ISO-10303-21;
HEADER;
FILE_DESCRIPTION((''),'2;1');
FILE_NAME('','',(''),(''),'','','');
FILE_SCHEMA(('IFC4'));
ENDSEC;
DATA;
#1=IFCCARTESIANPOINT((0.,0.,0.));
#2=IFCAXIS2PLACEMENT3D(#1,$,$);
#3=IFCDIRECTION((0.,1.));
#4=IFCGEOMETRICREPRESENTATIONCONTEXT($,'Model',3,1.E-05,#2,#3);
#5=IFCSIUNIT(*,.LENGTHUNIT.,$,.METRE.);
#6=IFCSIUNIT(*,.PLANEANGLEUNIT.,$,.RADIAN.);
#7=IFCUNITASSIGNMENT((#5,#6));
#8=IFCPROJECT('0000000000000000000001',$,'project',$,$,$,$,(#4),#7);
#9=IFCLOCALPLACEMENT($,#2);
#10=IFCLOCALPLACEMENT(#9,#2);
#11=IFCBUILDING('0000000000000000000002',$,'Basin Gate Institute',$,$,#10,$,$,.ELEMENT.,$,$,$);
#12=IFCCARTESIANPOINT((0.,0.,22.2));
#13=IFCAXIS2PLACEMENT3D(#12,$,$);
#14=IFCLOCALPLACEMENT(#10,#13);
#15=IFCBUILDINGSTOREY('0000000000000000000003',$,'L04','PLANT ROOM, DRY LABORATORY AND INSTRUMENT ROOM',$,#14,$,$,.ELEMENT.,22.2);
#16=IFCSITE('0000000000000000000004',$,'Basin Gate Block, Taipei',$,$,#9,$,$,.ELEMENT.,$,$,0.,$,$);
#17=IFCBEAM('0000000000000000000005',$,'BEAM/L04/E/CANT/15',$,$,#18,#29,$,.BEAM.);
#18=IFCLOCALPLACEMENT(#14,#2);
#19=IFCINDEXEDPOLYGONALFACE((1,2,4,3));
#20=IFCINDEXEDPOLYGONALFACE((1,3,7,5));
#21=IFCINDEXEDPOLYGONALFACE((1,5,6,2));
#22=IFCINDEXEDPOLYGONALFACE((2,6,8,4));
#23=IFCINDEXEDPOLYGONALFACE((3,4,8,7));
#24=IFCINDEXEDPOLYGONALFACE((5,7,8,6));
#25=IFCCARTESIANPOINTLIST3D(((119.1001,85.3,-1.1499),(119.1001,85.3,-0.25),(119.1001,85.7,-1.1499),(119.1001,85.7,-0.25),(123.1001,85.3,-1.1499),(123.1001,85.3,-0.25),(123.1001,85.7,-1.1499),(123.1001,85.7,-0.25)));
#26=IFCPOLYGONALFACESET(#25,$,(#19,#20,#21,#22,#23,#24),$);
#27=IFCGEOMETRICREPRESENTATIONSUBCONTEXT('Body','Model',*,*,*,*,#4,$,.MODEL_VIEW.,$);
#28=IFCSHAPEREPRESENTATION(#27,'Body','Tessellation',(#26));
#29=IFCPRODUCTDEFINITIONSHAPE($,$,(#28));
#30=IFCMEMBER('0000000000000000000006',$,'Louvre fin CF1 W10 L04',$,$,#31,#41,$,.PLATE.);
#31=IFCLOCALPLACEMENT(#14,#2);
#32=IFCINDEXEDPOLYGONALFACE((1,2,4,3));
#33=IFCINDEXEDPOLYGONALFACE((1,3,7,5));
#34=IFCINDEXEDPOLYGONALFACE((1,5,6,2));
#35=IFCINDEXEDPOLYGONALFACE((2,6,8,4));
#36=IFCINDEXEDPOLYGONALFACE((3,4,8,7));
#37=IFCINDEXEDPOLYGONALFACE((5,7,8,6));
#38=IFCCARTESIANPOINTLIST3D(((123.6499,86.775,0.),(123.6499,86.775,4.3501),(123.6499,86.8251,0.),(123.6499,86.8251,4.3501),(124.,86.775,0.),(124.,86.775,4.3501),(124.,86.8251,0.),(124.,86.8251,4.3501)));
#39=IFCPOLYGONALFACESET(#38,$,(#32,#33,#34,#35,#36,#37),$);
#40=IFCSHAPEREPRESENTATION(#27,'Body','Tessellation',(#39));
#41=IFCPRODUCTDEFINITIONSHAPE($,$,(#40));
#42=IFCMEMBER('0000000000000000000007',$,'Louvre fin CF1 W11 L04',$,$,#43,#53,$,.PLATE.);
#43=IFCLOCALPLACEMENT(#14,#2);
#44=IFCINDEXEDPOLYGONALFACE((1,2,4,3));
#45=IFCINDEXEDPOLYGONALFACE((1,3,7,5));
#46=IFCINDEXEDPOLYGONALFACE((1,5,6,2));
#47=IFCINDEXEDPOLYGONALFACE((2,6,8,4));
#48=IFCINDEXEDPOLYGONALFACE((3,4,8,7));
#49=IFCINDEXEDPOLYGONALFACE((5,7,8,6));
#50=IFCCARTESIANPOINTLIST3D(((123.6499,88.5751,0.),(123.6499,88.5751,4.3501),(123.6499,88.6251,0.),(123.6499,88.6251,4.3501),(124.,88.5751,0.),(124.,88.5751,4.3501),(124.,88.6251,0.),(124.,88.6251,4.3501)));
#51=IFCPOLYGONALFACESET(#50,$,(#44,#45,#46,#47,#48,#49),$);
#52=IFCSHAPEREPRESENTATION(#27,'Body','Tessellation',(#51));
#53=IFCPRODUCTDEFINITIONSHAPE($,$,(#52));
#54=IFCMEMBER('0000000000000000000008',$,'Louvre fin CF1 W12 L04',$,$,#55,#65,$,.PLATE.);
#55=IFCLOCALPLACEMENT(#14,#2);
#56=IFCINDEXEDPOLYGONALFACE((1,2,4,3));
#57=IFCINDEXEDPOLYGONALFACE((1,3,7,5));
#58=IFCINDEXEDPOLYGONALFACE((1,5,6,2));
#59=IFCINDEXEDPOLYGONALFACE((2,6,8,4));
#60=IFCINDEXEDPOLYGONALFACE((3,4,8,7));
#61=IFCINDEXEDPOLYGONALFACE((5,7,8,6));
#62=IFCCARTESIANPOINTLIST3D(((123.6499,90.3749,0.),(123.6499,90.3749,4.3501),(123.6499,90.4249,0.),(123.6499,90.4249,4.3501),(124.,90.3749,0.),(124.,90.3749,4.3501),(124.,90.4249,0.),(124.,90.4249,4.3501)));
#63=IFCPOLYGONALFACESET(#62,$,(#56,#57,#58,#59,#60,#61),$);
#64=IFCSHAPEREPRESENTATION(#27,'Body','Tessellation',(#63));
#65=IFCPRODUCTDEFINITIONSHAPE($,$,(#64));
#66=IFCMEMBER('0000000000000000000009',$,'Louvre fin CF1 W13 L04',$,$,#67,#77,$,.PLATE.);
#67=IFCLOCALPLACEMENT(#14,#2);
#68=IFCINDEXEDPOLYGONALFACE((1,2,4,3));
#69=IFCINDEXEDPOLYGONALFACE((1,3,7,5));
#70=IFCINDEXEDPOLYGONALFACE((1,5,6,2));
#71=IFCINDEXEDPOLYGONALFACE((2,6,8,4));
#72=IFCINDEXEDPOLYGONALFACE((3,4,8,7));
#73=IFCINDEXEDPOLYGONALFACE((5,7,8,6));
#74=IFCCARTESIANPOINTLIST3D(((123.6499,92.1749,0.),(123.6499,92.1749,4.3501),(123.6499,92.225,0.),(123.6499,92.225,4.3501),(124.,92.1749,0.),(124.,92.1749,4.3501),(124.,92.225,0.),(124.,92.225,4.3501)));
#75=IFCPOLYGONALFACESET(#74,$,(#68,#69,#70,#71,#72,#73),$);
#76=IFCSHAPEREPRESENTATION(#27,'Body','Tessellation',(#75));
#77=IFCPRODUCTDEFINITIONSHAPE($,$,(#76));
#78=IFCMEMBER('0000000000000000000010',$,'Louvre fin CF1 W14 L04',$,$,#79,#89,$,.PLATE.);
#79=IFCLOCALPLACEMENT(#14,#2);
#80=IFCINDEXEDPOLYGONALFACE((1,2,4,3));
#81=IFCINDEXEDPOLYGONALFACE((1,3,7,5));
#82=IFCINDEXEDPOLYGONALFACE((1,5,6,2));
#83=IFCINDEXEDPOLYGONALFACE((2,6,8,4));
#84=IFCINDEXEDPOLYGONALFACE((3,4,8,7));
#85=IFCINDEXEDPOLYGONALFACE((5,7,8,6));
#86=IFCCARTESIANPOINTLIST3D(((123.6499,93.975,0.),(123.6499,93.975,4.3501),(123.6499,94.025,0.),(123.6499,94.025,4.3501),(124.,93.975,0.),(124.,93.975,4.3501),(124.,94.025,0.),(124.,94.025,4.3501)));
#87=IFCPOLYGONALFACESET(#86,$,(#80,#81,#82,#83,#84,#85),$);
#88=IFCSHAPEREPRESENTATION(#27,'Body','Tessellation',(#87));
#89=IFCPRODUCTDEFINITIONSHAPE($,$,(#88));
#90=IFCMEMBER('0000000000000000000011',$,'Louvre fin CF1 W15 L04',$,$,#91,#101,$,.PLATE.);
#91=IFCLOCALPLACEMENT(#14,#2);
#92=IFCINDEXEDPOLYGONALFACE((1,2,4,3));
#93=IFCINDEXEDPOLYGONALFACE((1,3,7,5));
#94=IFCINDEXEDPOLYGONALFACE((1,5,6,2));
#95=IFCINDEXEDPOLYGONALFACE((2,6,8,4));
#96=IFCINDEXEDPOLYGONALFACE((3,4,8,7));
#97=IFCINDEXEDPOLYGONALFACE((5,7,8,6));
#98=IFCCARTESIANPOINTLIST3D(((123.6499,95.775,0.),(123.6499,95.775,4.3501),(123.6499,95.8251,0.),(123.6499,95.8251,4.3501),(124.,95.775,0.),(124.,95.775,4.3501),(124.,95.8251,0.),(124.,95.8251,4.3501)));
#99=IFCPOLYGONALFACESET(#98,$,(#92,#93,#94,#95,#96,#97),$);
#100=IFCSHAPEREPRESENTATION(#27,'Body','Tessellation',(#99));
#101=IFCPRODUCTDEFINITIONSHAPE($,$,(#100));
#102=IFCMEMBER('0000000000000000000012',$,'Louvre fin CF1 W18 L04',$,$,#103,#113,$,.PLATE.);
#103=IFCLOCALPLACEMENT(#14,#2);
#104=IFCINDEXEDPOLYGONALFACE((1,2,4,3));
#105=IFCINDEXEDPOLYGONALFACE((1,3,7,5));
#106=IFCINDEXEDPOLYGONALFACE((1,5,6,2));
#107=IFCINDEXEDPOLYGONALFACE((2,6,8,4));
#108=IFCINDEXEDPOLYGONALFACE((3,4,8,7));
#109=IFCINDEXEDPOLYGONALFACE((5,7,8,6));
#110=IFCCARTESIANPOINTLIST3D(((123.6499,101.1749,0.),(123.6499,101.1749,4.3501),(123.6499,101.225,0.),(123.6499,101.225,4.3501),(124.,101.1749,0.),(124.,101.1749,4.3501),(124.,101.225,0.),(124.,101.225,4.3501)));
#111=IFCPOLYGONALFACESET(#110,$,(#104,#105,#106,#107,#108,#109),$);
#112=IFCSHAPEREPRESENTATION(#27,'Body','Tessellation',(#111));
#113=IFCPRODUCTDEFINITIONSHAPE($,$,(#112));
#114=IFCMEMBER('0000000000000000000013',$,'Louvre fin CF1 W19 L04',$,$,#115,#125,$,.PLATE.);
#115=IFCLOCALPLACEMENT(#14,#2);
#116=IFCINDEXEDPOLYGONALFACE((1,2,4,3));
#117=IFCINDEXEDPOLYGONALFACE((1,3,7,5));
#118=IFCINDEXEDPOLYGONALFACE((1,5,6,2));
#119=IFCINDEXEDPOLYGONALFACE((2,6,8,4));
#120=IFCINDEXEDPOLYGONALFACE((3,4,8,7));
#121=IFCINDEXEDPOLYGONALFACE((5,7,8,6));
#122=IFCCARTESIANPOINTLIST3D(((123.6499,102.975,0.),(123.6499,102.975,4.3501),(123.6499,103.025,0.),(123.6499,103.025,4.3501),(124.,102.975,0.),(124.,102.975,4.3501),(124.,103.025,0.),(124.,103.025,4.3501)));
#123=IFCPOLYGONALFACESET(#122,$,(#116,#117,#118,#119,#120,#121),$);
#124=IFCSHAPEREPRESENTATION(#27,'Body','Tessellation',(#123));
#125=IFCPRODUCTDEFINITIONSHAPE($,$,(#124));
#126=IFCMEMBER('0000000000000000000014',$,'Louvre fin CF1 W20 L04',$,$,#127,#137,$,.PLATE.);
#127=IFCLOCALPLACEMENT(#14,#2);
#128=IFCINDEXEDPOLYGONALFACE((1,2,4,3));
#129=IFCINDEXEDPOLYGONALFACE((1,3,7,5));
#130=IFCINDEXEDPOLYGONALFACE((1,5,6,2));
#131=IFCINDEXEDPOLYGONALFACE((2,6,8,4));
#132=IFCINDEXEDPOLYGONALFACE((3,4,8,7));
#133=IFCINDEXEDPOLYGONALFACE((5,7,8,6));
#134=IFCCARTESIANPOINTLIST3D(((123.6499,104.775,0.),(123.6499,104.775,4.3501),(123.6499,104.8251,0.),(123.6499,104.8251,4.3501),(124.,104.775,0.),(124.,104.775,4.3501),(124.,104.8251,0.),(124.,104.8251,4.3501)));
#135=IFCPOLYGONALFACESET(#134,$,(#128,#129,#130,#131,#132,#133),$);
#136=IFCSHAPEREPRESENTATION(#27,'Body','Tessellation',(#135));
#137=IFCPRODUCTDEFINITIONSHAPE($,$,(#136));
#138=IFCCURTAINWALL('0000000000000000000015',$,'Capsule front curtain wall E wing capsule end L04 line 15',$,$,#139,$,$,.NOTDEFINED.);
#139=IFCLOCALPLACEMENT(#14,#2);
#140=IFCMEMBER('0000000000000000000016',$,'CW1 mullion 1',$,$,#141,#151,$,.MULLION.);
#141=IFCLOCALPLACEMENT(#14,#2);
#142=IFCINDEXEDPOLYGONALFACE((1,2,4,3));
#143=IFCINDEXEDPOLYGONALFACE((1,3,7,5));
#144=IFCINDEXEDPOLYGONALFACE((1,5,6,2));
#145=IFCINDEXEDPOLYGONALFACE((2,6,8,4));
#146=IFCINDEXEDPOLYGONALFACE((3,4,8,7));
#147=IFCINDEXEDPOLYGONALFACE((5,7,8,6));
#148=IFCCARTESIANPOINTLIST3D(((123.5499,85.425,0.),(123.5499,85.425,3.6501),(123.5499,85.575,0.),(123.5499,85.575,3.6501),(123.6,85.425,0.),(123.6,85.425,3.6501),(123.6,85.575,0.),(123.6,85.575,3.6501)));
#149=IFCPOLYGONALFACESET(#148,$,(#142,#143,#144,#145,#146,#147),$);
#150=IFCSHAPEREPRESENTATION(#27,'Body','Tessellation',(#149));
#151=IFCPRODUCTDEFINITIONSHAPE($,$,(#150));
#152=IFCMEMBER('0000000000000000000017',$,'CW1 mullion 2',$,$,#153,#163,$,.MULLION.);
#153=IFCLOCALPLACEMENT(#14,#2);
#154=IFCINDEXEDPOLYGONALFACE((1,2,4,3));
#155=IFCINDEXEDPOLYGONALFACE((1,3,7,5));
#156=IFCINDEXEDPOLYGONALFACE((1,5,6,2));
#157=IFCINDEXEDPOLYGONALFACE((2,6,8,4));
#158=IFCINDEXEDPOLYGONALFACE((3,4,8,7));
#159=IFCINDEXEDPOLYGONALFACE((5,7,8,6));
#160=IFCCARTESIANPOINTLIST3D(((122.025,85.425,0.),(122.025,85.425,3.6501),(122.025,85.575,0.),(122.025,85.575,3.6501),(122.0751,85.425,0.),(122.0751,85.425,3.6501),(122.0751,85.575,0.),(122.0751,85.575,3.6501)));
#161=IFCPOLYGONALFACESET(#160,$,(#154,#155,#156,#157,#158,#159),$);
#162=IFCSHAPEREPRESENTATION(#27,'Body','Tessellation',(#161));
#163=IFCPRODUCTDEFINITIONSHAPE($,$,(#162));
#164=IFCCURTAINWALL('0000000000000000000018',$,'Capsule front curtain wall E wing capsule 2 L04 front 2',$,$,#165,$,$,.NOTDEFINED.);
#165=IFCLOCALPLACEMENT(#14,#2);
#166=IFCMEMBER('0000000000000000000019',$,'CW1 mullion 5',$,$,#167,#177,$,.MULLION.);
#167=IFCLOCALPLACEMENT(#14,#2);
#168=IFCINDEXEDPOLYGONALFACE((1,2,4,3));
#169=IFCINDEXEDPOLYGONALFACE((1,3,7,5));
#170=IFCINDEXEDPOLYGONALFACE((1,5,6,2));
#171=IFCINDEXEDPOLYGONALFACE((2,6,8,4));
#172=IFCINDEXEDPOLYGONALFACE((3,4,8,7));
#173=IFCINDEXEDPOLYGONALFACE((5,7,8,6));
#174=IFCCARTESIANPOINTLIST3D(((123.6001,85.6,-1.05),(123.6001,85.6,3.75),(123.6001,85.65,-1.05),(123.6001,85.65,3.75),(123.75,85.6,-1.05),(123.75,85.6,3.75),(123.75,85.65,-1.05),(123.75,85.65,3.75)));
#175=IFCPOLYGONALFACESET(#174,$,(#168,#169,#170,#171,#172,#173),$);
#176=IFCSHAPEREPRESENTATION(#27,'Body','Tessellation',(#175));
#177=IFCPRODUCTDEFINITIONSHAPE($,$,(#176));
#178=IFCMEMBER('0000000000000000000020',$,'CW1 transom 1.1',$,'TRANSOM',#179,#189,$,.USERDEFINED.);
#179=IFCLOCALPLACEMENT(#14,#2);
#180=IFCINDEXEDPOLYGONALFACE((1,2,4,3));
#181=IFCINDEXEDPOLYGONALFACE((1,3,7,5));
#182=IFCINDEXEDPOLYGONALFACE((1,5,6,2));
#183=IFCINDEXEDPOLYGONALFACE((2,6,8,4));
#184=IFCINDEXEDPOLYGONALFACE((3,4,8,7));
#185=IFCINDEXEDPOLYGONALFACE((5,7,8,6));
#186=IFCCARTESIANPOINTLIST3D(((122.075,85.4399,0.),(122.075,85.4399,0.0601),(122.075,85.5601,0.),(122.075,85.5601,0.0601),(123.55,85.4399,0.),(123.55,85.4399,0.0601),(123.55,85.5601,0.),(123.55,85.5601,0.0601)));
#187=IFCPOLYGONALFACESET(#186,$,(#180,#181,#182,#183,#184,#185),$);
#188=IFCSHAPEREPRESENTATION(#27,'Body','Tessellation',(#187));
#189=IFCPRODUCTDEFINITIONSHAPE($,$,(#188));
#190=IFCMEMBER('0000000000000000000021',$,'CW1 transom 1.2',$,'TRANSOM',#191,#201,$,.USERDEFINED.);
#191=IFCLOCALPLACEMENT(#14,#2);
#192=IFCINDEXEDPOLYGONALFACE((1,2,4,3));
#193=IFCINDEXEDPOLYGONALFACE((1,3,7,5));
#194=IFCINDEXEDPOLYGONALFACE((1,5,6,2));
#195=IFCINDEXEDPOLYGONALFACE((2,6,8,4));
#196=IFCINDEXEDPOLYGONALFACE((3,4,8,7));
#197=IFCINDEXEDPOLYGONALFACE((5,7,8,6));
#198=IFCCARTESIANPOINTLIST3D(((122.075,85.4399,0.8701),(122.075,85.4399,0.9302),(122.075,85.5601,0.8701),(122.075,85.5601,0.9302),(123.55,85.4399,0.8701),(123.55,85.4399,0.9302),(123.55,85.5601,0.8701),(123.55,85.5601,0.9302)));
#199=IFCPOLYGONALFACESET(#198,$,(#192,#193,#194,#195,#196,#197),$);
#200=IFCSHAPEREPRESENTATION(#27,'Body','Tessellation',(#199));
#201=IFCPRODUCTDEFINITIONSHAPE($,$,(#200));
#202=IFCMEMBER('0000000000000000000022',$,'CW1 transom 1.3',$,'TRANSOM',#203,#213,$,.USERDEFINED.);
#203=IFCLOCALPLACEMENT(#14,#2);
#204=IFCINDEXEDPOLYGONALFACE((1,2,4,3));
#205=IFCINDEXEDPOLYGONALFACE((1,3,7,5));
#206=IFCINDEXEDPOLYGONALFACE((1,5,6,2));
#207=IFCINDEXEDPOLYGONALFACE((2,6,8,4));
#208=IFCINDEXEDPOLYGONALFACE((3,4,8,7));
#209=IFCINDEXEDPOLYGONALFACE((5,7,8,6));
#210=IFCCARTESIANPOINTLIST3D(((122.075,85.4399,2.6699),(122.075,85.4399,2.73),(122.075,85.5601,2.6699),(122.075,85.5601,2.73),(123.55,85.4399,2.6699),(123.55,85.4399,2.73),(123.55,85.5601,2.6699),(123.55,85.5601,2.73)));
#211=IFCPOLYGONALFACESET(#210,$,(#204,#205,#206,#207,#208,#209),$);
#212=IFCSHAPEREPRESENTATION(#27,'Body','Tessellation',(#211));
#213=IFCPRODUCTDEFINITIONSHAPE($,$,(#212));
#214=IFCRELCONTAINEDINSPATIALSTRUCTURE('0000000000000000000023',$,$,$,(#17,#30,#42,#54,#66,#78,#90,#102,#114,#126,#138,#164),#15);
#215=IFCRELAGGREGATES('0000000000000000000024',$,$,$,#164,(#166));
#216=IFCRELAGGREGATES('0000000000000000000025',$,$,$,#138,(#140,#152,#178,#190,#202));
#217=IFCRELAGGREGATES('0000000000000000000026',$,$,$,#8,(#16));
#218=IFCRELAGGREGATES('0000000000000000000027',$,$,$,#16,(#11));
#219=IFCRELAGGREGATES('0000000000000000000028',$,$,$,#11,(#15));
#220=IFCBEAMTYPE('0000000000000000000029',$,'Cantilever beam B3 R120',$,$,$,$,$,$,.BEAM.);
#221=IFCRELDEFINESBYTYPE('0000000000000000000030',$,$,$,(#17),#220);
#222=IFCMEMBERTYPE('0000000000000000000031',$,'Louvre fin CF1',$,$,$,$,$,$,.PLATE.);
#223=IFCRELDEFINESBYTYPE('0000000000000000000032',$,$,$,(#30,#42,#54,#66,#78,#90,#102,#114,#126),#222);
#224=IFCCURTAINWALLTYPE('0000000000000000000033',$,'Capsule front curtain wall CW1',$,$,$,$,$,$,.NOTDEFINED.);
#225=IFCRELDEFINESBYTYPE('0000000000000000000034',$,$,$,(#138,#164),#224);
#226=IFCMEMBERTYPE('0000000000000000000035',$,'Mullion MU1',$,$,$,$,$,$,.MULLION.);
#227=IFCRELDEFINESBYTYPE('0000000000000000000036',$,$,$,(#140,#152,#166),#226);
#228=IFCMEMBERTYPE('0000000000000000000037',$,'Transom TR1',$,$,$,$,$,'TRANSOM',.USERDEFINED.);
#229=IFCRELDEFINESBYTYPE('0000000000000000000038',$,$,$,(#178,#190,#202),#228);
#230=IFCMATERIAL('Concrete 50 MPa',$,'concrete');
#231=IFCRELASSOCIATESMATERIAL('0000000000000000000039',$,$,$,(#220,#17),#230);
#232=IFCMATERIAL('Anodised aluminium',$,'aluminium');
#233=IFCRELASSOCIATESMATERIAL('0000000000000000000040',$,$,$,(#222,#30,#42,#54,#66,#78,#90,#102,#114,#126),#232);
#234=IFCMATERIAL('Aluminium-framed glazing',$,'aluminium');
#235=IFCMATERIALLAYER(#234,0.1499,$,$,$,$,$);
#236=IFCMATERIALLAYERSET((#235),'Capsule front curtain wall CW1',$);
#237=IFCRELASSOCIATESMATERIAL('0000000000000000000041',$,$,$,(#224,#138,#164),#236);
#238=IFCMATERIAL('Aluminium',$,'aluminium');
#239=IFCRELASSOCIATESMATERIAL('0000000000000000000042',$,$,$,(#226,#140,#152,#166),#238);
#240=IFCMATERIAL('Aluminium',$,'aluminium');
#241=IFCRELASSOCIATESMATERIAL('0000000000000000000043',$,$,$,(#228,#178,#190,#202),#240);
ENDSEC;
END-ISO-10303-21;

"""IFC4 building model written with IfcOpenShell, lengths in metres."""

from ifc_helpers import new_model, si_unit, direction, frame, origin, origin_2d, place, context, subcontext, project, spatial, rectangle, extrude, material, layer, layer_set, material_profile, profile_set, type_object, element, aggregate, save


model = new_model("IFC4")

# Units and contexts
model_context = context("Model", 3, precision=1e-05, world=origin(), true_north=direction((0.0, 1.0)))
body_context = subcontext(model_context, "Body", "Model", "MODEL_VIEW")
ifc_project = project(units=[si_unit("LENGTHUNIT", "METRE"), si_unit("PLANEANGLEUNIT", "RADIAN")], contexts=[model_context])

# Site, building, storey
site_placement = place(None, origin())
site = spatial("IfcSite", under=ifc_project, at=site_placement, Name="Basin Gate Block, Taipei", CompositionType="ELEMENT", RefElevation=0.0)
building_placement = place(site_placement, origin())
building = spatial("IfcBuilding", under=site, at=building_placement, Name="Basin Gate Institute", CompositionType="ELEMENT")
storey_placement = place(building_placement, frame((0.0, 0.0, 22.2)))
storey = spatial("IfcBuildingStorey", under=building, at=storey_placement, Name="L04", Description="PLANT ROOM, DRY LABORATORY AND INSTRUMENT ROOM", CompositionType="ELEMENT", Elevation=22.2)

# Beam
ifc_material_1 = material(Name="Concrete 50 MPa", Category="concrete")
ifc_material_profile_1 = material_profile(ifc_material_1, rectangle(XDim=0.3999, YDim=0.8999, at=origin_2d()), Name="Cantilever beam B3 400 x 900")
ifc_profile_set_1 = profile_set([ifc_material_profile_1], Name="Concrete 50 MPa")
beam_type = type_object("IfcBeamType", Name="Cantilever beam B3 R120", PredefinedType="BEAM", material=ifc_profile_set_1)
beam_placement = place(storey_placement, frame((123.1001, 85.5, -0.7), z_axis=(-1.0, 0.0, 0.0), x_axis=(0.0, -1.0, 0.0)))
element("IfcBeam", 1, at=beam_placement, inside=storey, type_object=beam_type, material=ifc_profile_set_1, Name="BEAM/L04/E/CANT/15", PredefinedType="BEAM", context=body_context, shape_type="SweptSolid", body=[
    extrude(rectangle(XDim=0.3999, YDim=0.8999, at=origin_2d()), origin(), (0.0, 0.0, 1.0), 4.0),
])

# Members
ifc_material_2 = material(Name="Anodised aluminium", Category="aluminium")
ifc_material_profile_2 = material_profile(ifc_material_2, rectangle(XDim=0.05, YDim=0.3501, at=origin_2d()), Name="Louvre fin CF1 50 x 350")
ifc_profile_set_2 = profile_set([ifc_material_profile_2], Name="Anodised aluminium")
member_type_1 = type_object("IfcMemberType", Name="Louvre fin CF1", PredefinedType="PLATE", material=ifc_profile_set_2)
for number, where, z_axis, x_axis, name in (
    (2, (123.825, 86.8, 0.0), (0.0, 0.0, 1.0), (0.0, 1.0, 0.0), "Louvre fin CF1 W10 L04"),
    (3, (123.825, 88.6001, 0.0), (0.0, 0.0, 1.0), (0.0, 1.0, 0.0), "Louvre fin CF1 W11 L04"),
    (4, (123.825, 90.3999, 0.0), (0.0, 0.0, 1.0), (0.0, 1.0, 0.0), "Louvre fin CF1 W12 L04"),
    (5, (123.825, 92.2, 0.0), (0.0, 0.0, 1.0), (0.0, 1.0, 0.0), "Louvre fin CF1 W13 L04"),
    (6, (123.825, 94.0, 0.0), (0.0, 0.0, 1.0), (0.0, 1.0, 0.0), "Louvre fin CF1 W14 L04"),
    (7, (123.825, 95.8, 0.0), (0.0, 0.0, 1.0), (0.0, 1.0, 0.0), "Louvre fin CF1 W15 L04"),
    (8, (123.825, 101.2, 0.0), (0.0, 0.0, 1.0), (0.0, 1.0, 0.0), "Louvre fin CF1 W18 L04"),
    (9, (123.825, 103.0, 0.0), (0.0, 0.0, 1.0), (0.0, 1.0, 0.0), "Louvre fin CF1 W19 L04"),
    (10, (123.825, 104.8, 0.0), (0.0, 0.0, 1.0), (0.0, 1.0, 0.0), "Louvre fin CF1 W20 L04"),
):
    element("IfcMember", number, at=place(storey_placement, frame(where, z_axis=z_axis, x_axis=x_axis)), inside=storey, type_object=member_type_1, material=ifc_profile_set_2, Name=name, PredefinedType="PLATE", context=body_context, shape_type="SweptSolid", body=[
        extrude(rectangle(XDim=0.05, YDim=0.3501, at=origin_2d()), origin(), (0.0, 0.0, 1.0), 4.3501),
    ])

# Curtain wall, members
ifc_material_3 = material(Name="Aluminium-framed glazing", Category="aluminium")
ifc_layer_1 = layer(ifc_material_3, 0.1499)
ifc_layer_set_1 = layer_set([ifc_layer_1], Name="Capsule front curtain wall CW1")
curtain_wall_type = type_object("IfcCurtainWallType", Name="Capsule front curtain wall CW1", PredefinedType="NOTDEFINED", material=ifc_layer_set_1)
curtain_wall_1_placement = place(storey_placement, origin())
curtain_wall_1 = element("IfcCurtainWall", 11, at=curtain_wall_1_placement, inside=storey, type_object=curtain_wall_type, material=ifc_layer_set_1, Name="Capsule front curtain wall E wing capsule end L04 line 15", PredefinedType="NOTDEFINED")
ifc_material_4 = material(Name="Aluminium", Category="aluminium")
ifc_material_profile_3 = material_profile(ifc_material_4, rectangle(XDim=0.1499, YDim=0.05, at=origin_2d()), Name="Mullion MU1 150 x 50")
ifc_profile_set_3 = profile_set([ifc_material_profile_3], Name="Aluminium")
member_type_2 = type_object("IfcMemberType", Name="Mullion MU1", PredefinedType="MULLION", material=ifc_profile_set_3)
member_1_placement = place(storey_placement, frame((123.575, 85.5, 0.0), z_axis=(0.0, 0.0, 1.0), x_axis=(0.0, -1.0, 0.0)))
member_1 = element("IfcMember", 12, at=member_1_placement, type_object=member_type_2, material=ifc_profile_set_3, Name="CW1 mullion 1", PredefinedType="MULLION", context=body_context, shape_type="SweptSolid", body=[
    extrude(rectangle(XDim=0.1499, YDim=0.05, at=origin_2d()), origin(), (0.0, 0.0, 1.0), 3.6501),
])
member_2_placement = place(storey_placement, frame((122.05, 85.5, 0.0), z_axis=(0.0, 0.0, 1.0), x_axis=(0.0, -1.0, 0.0)))
member_2 = element("IfcMember", 13, at=member_2_placement, type_object=member_type_2, material=ifc_profile_set_3, Name="CW1 mullion 2", PredefinedType="MULLION", context=body_context, shape_type="SweptSolid", body=[
    extrude(rectangle(XDim=0.1499, YDim=0.05, at=origin_2d()), origin(), (0.0, 0.0, 1.0), 3.6501),
])

# Curtain wall, member
curtain_wall_2_placement = place(storey_placement, origin())
curtain_wall_2 = element("IfcCurtainWall", 14, at=curtain_wall_2_placement, inside=storey, type_object=curtain_wall_type, material=ifc_layer_set_1, Name="Capsule front curtain wall E wing capsule 2 L04 front 2", PredefinedType="NOTDEFINED")
member_3_placement = place(storey_placement, frame((123.675, 85.625, -1.05), z_axis=(0.0, 0.0, 1.0), x_axis=(-1.0, 0.0, 0.0)))
member_3 = element("IfcMember", 15, at=member_3_placement, type_object=member_type_2, material=ifc_profile_set_3, Name="CW1 mullion 5", PredefinedType="MULLION", context=body_context, shape_type="SweptSolid", body=[
    extrude(rectangle(XDim=0.1499, YDim=0.05, at=origin_2d()), origin(), (0.0, 0.0, 1.0), 4.8),
])
aggregate(curtain_wall_2, [member_3])

# Members
ifc_material_5 = material(Name="Aluminium", Category="aluminium")
ifc_material_profile_4 = material_profile(ifc_material_5, rectangle(XDim=0.1201, YDim=0.0601, at=origin_2d()), Name="Transom TR1 120 x 60")
ifc_profile_set_4 = profile_set([ifc_material_profile_4], Name="Aluminium")
member_type_3 = type_object("IfcMemberType", Name="Transom TR1", ElementType="TRANSOM", PredefinedType="USERDEFINED", material=ifc_profile_set_4)
member_4_placement = place(storey_placement, frame((123.55, 85.5, 0.03), z_axis=(-1.0, 0.0, 0.0), x_axis=(0.0, -1.0, 0.0)))
member_4 = element("IfcMember", 16, at=member_4_placement, type_object=member_type_3, material=ifc_profile_set_4, Name="CW1 transom 1.1", ObjectType="TRANSOM", PredefinedType="USERDEFINED", context=body_context, shape_type="SweptSolid", body=[
    extrude(rectangle(XDim=0.1201, YDim=0.0601, at=origin_2d()), origin(), (0.0, 0.0, 1.0), 1.4751),
])
member_5_placement = place(storey_placement, frame((123.55, 85.5, 0.9001), z_axis=(-1.0, 0.0, 0.0), x_axis=(0.0, -1.0, 0.0)))
member_5 = element("IfcMember", 17, at=member_5_placement, type_object=member_type_3, material=ifc_profile_set_4, Name="CW1 transom 1.2", ObjectType="TRANSOM", PredefinedType="USERDEFINED", context=body_context, shape_type="SweptSolid", body=[
    extrude(rectangle(XDim=0.1201, YDim=0.0601, at=origin_2d()), origin(), (0.0, 0.0, 1.0), 1.4751),
])
member_6_placement = place(storey_placement, frame((123.55, 85.5, 2.7), z_axis=(-1.0, 0.0, 0.0), x_axis=(0.0, -1.0, 0.0)))
member_6 = element("IfcMember", 18, at=member_6_placement, type_object=member_type_3, material=ifc_profile_set_4, Name="CW1 transom 1.3", ObjectType="TRANSOM", PredefinedType="USERDEFINED", context=body_context, shape_type="SweptSolid", body=[
    extrude(rectangle(XDim=0.1201, YDim=0.0601, at=origin_2d()), origin(), (0.0, 0.0, 1.0), 1.4751),
])

aggregate(curtain_wall_1, [member_1, member_2, member_4, member_5, member_6])

save(model, "model.ifc")
